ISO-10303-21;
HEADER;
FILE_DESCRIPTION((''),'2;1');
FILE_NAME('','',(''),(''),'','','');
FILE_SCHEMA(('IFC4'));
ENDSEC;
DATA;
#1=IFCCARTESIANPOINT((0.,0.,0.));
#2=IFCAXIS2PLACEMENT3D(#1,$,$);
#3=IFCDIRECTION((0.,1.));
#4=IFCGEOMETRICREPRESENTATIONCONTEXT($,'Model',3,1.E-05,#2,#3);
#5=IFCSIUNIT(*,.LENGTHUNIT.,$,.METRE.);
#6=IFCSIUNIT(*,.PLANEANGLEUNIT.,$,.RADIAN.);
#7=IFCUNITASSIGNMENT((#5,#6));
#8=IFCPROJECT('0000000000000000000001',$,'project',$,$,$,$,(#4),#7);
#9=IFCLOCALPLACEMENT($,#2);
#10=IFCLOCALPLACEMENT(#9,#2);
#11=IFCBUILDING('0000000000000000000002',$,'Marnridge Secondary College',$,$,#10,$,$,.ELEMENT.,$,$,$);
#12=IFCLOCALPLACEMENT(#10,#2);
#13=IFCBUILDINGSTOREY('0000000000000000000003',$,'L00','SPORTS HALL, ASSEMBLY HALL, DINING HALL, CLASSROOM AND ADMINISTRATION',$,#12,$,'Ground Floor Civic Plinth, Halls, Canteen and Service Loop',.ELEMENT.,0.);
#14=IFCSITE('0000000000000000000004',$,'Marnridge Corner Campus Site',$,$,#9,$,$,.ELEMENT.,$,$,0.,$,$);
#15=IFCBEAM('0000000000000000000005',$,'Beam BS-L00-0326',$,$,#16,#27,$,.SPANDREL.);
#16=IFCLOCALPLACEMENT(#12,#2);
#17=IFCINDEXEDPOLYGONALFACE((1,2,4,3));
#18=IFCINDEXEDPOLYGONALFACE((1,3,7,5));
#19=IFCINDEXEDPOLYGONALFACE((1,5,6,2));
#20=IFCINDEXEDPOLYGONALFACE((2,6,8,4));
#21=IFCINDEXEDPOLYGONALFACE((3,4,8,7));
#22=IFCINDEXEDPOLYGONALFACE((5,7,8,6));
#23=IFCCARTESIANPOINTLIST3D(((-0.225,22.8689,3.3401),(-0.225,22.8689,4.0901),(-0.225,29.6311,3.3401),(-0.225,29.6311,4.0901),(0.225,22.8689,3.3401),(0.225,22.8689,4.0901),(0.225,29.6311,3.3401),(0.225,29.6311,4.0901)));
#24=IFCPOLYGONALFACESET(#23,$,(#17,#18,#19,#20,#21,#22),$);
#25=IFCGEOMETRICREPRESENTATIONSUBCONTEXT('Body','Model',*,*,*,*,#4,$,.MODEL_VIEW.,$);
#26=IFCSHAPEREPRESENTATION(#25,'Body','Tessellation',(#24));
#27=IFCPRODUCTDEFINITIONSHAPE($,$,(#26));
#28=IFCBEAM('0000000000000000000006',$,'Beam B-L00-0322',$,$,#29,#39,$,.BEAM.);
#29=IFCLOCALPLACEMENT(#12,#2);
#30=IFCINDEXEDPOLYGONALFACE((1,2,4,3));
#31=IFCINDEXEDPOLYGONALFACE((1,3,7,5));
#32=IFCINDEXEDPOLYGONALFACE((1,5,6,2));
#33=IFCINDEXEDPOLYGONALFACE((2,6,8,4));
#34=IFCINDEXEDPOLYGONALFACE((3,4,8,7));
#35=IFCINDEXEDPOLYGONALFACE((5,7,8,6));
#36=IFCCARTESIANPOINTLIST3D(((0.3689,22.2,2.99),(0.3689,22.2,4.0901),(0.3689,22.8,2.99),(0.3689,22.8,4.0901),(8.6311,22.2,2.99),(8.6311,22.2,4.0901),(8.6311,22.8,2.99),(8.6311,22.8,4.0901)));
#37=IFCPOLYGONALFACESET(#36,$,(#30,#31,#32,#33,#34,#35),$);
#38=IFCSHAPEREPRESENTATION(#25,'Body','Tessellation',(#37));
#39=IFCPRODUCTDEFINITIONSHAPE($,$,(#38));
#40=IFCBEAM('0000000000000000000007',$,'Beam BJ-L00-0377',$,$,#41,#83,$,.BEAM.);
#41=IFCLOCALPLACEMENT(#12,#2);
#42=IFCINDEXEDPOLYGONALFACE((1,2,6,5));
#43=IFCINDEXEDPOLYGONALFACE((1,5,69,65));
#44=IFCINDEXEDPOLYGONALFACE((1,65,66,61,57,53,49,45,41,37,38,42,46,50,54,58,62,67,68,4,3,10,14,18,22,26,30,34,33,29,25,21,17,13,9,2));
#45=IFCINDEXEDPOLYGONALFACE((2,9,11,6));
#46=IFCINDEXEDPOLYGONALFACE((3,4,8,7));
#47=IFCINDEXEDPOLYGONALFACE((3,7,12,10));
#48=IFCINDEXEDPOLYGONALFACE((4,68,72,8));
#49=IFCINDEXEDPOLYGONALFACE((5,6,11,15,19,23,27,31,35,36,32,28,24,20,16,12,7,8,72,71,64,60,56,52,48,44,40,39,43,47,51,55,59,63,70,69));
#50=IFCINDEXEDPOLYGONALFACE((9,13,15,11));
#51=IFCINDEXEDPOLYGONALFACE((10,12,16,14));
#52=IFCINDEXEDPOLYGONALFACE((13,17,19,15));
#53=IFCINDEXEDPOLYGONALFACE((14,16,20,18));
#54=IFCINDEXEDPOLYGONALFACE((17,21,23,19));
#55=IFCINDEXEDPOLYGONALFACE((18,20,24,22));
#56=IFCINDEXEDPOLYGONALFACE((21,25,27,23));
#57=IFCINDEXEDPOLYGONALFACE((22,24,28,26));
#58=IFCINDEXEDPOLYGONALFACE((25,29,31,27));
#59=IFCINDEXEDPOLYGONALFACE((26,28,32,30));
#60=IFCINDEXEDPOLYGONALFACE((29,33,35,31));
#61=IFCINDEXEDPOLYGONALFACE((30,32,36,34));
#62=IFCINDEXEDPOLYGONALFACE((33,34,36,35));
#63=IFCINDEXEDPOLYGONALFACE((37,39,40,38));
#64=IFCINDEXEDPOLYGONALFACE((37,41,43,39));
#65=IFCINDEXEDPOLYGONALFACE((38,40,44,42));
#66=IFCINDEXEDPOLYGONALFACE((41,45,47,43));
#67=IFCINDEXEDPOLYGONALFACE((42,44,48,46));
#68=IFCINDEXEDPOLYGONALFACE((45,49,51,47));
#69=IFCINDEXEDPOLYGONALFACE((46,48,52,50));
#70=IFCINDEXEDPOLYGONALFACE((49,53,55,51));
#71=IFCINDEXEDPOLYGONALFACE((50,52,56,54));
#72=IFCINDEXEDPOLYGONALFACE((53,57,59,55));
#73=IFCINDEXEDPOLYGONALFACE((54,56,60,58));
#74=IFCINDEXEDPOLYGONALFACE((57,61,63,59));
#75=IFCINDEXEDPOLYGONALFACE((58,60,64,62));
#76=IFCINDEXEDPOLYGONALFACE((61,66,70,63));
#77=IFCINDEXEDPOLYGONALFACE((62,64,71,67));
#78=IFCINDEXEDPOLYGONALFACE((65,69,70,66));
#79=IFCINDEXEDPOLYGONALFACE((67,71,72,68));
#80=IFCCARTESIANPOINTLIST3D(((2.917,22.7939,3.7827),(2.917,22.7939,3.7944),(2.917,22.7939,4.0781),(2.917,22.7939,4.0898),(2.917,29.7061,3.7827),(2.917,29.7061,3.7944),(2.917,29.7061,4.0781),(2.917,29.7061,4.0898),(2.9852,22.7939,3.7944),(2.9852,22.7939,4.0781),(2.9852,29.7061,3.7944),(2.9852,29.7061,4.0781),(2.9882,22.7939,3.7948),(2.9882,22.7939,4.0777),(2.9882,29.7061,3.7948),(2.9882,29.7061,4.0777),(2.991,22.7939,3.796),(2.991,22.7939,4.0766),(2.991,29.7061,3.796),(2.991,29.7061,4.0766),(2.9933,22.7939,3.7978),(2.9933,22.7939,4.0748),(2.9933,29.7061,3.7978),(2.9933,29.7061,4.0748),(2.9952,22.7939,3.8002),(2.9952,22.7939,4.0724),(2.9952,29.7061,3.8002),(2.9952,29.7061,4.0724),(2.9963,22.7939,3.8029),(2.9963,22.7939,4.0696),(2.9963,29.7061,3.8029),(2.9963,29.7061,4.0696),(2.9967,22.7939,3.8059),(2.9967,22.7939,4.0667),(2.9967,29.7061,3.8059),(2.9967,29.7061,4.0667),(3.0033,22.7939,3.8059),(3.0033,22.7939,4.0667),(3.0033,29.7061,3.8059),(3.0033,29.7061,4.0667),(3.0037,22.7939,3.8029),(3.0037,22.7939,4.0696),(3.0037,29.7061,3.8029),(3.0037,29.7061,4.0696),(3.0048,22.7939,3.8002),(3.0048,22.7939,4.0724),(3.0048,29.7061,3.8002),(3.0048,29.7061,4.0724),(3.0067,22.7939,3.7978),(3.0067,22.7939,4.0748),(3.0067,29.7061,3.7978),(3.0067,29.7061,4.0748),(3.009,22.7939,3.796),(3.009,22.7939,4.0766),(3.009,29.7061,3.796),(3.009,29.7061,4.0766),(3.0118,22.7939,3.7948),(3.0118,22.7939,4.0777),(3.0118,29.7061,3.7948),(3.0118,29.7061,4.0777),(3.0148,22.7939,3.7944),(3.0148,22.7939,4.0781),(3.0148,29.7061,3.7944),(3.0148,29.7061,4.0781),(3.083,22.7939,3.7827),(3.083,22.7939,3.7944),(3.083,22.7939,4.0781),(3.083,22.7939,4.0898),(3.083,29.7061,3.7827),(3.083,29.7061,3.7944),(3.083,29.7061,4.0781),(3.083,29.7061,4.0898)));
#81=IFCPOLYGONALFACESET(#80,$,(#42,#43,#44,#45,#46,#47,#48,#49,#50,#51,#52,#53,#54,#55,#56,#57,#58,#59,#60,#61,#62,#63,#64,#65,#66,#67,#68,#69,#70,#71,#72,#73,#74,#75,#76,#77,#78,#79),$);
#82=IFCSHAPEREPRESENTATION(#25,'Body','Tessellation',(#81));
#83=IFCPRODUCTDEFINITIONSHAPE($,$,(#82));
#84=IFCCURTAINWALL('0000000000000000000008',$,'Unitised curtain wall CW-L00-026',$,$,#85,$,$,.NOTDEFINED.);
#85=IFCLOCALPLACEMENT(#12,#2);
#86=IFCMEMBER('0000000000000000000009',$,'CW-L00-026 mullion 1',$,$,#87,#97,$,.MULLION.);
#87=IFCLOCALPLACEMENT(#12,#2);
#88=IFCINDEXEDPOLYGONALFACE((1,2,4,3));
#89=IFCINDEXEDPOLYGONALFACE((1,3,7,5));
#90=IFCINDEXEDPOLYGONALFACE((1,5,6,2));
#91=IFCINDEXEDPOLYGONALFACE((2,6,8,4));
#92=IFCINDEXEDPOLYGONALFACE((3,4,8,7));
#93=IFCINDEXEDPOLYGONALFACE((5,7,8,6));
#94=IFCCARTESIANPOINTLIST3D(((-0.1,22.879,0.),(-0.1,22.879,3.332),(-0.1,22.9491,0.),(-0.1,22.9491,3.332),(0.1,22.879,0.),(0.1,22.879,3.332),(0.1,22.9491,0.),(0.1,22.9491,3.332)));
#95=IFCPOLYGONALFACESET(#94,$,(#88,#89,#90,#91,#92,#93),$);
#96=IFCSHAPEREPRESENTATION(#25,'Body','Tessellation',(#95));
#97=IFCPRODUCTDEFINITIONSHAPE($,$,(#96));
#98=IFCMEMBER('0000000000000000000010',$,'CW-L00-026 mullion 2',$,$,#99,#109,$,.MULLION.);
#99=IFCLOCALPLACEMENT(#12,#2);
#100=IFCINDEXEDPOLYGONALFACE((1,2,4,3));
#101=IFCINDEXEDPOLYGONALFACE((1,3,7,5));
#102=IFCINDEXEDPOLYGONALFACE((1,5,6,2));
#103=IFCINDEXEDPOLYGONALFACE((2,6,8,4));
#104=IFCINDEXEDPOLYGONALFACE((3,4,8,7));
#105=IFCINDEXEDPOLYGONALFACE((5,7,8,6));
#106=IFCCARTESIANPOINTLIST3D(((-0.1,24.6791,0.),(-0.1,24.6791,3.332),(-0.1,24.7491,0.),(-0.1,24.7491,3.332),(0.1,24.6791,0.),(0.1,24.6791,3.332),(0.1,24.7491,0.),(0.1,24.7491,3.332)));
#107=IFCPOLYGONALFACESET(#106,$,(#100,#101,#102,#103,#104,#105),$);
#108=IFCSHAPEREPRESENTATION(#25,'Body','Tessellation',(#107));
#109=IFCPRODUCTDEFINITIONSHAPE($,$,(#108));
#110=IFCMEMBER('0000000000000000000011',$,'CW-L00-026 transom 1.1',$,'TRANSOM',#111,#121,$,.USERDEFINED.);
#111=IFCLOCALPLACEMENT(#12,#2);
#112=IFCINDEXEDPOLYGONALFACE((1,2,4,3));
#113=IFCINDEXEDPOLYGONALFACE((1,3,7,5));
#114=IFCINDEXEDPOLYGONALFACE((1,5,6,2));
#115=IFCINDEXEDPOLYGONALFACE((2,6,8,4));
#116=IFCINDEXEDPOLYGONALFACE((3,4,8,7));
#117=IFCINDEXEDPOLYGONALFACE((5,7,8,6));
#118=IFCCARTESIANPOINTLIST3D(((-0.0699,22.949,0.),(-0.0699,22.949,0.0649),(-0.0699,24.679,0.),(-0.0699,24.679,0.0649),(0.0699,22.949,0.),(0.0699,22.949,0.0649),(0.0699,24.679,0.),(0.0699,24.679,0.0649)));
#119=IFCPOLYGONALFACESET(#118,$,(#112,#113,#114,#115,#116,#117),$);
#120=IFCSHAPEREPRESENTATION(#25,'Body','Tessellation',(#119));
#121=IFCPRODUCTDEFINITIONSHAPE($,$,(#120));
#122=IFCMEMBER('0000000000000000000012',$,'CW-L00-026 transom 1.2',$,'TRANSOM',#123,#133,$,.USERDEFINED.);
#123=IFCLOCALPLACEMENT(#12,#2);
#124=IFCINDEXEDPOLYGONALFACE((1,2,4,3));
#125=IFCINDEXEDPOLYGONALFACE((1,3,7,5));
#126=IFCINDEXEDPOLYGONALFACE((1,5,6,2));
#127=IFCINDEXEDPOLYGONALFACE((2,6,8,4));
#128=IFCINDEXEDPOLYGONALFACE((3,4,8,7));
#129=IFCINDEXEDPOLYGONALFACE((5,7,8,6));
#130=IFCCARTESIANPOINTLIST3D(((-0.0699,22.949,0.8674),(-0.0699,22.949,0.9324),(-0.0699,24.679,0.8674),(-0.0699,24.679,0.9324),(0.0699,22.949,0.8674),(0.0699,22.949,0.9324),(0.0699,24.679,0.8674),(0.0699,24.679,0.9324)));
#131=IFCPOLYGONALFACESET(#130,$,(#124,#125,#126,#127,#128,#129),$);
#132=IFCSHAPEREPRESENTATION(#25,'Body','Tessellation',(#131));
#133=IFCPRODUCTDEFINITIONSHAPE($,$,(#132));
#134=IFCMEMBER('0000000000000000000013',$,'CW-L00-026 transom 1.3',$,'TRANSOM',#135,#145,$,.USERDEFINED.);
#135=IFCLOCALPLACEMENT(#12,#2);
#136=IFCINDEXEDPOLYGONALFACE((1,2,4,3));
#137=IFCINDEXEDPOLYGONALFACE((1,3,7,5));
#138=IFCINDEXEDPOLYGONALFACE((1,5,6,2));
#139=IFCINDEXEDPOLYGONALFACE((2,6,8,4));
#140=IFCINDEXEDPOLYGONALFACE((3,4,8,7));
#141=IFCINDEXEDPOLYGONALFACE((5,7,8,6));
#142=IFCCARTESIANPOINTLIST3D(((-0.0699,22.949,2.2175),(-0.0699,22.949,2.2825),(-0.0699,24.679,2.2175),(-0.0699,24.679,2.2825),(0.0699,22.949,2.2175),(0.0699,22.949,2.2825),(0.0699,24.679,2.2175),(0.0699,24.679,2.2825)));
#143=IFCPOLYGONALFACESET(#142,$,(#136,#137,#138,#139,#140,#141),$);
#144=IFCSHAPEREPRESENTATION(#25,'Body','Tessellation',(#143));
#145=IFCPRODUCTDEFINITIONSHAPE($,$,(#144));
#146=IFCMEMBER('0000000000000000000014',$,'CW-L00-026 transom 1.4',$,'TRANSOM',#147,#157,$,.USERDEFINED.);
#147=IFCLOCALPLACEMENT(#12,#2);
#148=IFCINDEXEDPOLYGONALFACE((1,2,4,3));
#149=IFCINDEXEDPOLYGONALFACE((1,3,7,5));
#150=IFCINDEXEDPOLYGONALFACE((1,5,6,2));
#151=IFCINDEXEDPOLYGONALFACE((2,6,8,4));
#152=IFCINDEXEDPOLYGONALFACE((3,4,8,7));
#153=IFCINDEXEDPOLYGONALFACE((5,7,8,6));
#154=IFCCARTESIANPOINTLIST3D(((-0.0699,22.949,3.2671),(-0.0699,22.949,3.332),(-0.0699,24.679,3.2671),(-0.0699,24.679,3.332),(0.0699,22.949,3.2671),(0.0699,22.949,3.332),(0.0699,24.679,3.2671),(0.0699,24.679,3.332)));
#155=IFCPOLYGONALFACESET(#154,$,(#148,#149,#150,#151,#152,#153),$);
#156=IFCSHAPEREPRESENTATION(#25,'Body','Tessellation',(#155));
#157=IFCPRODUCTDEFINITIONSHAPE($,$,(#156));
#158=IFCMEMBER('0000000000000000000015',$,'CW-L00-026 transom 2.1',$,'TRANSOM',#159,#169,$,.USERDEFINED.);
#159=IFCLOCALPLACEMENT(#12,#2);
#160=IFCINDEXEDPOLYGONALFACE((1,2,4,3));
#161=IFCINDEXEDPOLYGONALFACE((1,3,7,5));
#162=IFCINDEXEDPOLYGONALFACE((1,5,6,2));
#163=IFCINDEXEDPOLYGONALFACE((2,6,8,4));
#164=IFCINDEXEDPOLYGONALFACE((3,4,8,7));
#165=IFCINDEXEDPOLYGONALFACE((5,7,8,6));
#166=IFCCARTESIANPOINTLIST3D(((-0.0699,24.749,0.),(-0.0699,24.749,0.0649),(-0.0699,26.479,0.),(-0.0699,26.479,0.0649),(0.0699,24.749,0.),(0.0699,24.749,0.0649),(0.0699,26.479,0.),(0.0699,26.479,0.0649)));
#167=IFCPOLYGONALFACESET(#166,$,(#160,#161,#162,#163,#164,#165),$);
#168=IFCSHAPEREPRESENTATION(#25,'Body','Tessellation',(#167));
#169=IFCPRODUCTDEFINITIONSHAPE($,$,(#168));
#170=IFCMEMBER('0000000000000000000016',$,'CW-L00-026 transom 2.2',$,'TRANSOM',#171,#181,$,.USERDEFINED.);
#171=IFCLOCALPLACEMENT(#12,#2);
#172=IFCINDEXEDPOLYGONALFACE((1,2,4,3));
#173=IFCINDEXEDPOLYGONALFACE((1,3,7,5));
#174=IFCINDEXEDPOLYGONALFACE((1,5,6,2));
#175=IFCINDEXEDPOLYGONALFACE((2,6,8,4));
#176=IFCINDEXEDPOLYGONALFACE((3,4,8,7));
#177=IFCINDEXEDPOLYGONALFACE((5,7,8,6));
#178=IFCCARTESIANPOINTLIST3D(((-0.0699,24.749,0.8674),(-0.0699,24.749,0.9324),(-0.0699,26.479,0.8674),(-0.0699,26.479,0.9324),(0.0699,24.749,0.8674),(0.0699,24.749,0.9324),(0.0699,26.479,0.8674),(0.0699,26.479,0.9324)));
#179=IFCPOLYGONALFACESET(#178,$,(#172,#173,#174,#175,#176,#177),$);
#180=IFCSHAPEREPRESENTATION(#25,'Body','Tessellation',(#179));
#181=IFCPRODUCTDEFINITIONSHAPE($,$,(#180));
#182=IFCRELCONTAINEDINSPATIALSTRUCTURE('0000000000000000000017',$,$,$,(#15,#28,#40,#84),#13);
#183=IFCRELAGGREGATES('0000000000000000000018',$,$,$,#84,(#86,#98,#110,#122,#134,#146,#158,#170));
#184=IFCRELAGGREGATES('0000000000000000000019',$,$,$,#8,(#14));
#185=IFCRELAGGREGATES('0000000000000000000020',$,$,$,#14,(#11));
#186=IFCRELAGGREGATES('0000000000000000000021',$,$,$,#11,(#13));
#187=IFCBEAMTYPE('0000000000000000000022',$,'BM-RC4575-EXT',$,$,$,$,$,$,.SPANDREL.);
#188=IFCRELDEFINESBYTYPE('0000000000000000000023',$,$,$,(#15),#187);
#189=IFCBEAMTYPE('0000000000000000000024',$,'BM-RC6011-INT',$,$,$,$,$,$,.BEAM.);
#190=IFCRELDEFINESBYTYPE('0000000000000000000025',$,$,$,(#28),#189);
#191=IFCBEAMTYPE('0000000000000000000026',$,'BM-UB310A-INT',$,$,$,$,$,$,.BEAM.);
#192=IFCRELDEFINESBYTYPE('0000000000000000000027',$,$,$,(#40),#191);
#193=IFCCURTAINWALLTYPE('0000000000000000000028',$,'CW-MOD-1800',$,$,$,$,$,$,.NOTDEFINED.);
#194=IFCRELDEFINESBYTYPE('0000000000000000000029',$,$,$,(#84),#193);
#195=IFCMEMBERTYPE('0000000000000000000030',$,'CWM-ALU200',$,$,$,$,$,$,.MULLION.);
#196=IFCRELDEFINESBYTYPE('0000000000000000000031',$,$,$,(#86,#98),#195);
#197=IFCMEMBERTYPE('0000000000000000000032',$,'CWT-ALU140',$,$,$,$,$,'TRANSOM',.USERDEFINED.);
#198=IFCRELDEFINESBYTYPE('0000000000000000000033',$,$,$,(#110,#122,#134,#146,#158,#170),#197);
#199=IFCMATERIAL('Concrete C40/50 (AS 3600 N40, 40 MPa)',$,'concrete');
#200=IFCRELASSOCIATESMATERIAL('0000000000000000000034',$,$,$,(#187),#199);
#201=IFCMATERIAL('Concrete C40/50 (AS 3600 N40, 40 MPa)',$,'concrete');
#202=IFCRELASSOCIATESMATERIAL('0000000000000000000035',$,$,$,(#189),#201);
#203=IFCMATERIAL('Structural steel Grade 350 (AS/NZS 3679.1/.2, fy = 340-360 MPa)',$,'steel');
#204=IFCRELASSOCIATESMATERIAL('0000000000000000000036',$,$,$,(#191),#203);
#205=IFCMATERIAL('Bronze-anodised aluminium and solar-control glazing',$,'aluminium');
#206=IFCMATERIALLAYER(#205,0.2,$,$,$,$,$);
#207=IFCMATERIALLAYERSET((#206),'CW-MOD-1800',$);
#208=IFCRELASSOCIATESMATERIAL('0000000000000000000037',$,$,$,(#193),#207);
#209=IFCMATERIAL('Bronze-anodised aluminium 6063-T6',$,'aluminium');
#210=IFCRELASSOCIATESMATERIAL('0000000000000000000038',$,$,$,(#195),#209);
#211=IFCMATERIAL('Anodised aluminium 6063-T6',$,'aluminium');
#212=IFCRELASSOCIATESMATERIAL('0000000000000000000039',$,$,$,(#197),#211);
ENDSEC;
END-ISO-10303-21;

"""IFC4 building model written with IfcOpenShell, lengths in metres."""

from ifc_helpers import new_model, si_unit, direction, frame, origin, origin_2d, place, context, subcontext, project, spatial, rectangle, i_section, extrude, material, layer, layer_set, material_profile, profile_set, type_object, element, aggregate, save


model = new_model("IFC4")

# Units and contexts
model_context = context("Model", 3, precision=1e-05, world=origin(), true_north=direction((0.0, 1.0)))
body_context = subcontext(model_context, "Body", "Model", "MODEL_VIEW")
ifc_project = project(units=[si_unit("LENGTHUNIT", "METRE"), si_unit("PLANEANGLEUNIT", "RADIAN")], contexts=[model_context])

# Site, building, storey
site_placement = place(None, origin())
site = spatial("IfcSite", under=ifc_project, at=site_placement, Name="Marnridge Corner Campus Site", CompositionType="ELEMENT", RefElevation=0.0)
building_placement = place(site_placement, origin())
building = spatial("IfcBuilding", under=site, at=building_placement, Name="Marnridge Secondary College", CompositionType="ELEMENT")
storey_placement = place(building_placement, origin())
storey = spatial("IfcBuildingStorey", under=building, at=storey_placement, Name="L00", Description="SPORTS HALL, ASSEMBLY HALL, DINING HALL, CLASSROOM AND ADMINISTRATION", LongName="Ground Floor Civic Plinth, Halls, Canteen and Service Loop", CompositionType="ELEMENT", Elevation=0.0)

# Beams
ifc_material_1 = material(Name="Concrete C40/50 (AS 3600 N40, 40 MPa)", Category="concrete")
ifc_material_profile_1 = material_profile(ifc_material_1, rectangle(XDim=0.45, YDim=0.75, at=origin_2d()), Name="RC 450x750")
ifc_profile_set_1 = profile_set([ifc_material_profile_1], Name="Concrete C40/50 (AS 3600 N40, 40 MPa)")
beam_type_1 = type_object("IfcBeamType", Name="BM-RC4575-EXT", PredefinedType="SPANDREL", material=ifc_profile_set_1)
beam_1_placement = place(storey_placement, frame((0.0, 22.8689, 3.7151), z_axis=(0.0, 1.0, 0.0), x_axis=(-1.0, 0.0, 0.0)))
element("IfcBeam", 1, at=beam_1_placement, inside=storey, type_object=beam_type_1, Name="Beam BS-L00-0326", PredefinedType="SPANDREL", context=body_context, shape_type="SweptSolid", body=[
    extrude(rectangle(XDim=0.45, YDim=0.75, at=origin_2d()), origin(), (0.0, 0.0, 1.0), 6.7622),
])
ifc_material_2 = material(Name="Concrete C40/50 (AS 3600 N40, 40 MPa)", Category="concrete")
ifc_material_profile_2 = material_profile(ifc_material_2, rectangle(XDim=0.6001, YDim=1.1001, at=origin_2d()), Name="RC 600x1100")
ifc_profile_set_2 = profile_set([ifc_material_profile_2], Name="Concrete C40/50 (AS 3600 N40, 40 MPa)")
beam_type_2 = type_object("IfcBeamType", Name="BM-RC6011-INT", PredefinedType="BEAM", material=ifc_profile_set_2)
beam_2_placement = place(storey_placement, frame((0.3689, 22.5, 3.54), z_axis=(1.0, 0.0, 0.0), x_axis=(0.0, 1.0, 0.0)))
element("IfcBeam", 2, at=beam_2_placement, inside=storey, type_object=beam_type_2, Name="Beam B-L00-0322", PredefinedType="BEAM", context=body_context, shape_type="SweptSolid", body=[
    extrude(rectangle(XDim=0.6001, YDim=1.1001, at=origin_2d()), origin(), (0.0, 0.0, 1.0), 8.2622),
])
ifc_material_3 = material(Name="Structural steel Grade 350 (AS/NZS 3679.1/.2, fy = 340-360 MPa)", Category="steel")
ifc_material_profile_3 = material_profile(ifc_material_3, i_section(OverallWidth=0.166, OverallDepth=0.3071, WebThickness=0.0066, FlangeThickness=0.0117, FilletRadius=0.0115, at=origin_2d()), Name="310UB46.2")
ifc_profile_set_3 = profile_set([ifc_material_profile_3], Name="Structural steel Grade 350 (AS/NZS 3679.1/.2, fy = 340-360 MPa)")
beam_type_3 = type_object("IfcBeamType", Name="BM-UB310A-INT", PredefinedType="BEAM", material=ifc_profile_set_3)
beam_3_placement = place(storey_placement, frame((3.0, 22.7939, 3.9363), z_axis=(0.0, 1.0, 0.0), x_axis=(-1.0, 0.0, 0.0)))
element("IfcBeam", 3, at=beam_3_placement, inside=storey, type_object=beam_type_3, Name="Beam BJ-L00-0377", PredefinedType="BEAM", context=body_context, shape_type="SweptSolid", body=[
    extrude(i_section(OverallWidth=0.166, OverallDepth=0.3071, WebThickness=0.0066, FlangeThickness=0.0117, FilletRadius=0.0115, at=origin_2d()), origin(), (0.0, 0.0, 1.0), 6.9121),
])

# Curtain wall, members
ifc_material_4 = material(Name="Bronze-anodised aluminium and solar-control glazing", Category="aluminium")
ifc_layer_1 = layer(ifc_material_4, 0.2)
ifc_layer_set_1 = layer_set([ifc_layer_1], Name="CW-MOD-1800")
curtain_wall_type = type_object("IfcCurtainWallType", Name="CW-MOD-1800", PredefinedType="NOTDEFINED", material=ifc_layer_set_1)
curtain_wall_placement = place(storey_placement, origin())
curtain_wall = element("IfcCurtainWall", 4, at=curtain_wall_placement, inside=storey, type_object=curtain_wall_type, Name="Unitised curtain wall CW-L00-026", PredefinedType="NOTDEFINED")
ifc_material_5 = material(Name="Bronze-anodised aluminium 6063-T6", Category="aluminium")
ifc_material_profile_4 = material_profile(ifc_material_5, rectangle(XDim=0.0701, YDim=0.2, at=origin_2d()), Name="ALU 70x200")
ifc_profile_set_4 = profile_set([ifc_material_profile_4], Name="Bronze-anodised aluminium 6063-T6")
member_type_1 = type_object("IfcMemberType", Name="CWM-ALU200", PredefinedType="MULLION", material=ifc_profile_set_4)
member_1_placement = place(storey_placement, frame((0.0, 22.9141, 0.0), z_axis=(0.0, 0.0, 1.0), x_axis=(0.0, 1.0, 0.0)))
member_1 = element("IfcMember", 5, at=member_1_placement, type_object=member_type_1, Name="CW-L00-026 mullion 1", PredefinedType="MULLION", context=body_context, shape_type="SweptSolid", body=[
    extrude(rectangle(XDim=0.0701, YDim=0.2, at=origin_2d()), origin(), (0.0, 0.0, 1.0), 3.332),
])
member_2_placement = place(storey_placement, frame((0.0, 24.7141, 0.0), z_axis=(0.0, 0.0, 1.0), x_axis=(0.0, 1.0, 0.0)))
member_2 = element("IfcMember", 6, at=member_2_placement, type_object=member_type_1, Name="CW-L00-026 mullion 2", PredefinedType="MULLION", context=body_context, shape_type="SweptSolid", body=[
    extrude(rectangle(XDim=0.0701, YDim=0.2, at=origin_2d()), origin(), (0.0, 0.0, 1.0), 3.332),
])
ifc_material_6 = material(Name="Anodised aluminium 6063-T6", Category="aluminium")
ifc_material_profile_5 = material_profile(ifc_material_6, rectangle(XDim=0.0649, YDim=0.1399, at=origin_2d()), Name="ALU 65x140")
ifc_profile_set_5 = profile_set([ifc_material_profile_5], Name="Anodised aluminium 6063-T6")
member_type_2 = type_object("IfcMemberType", Name="CWT-ALU140", ElementType="TRANSOM", PredefinedType="USERDEFINED", material=ifc_profile_set_5)
member_3_placement = place(storey_placement, frame((0.0, 22.949, 0.0325), z_axis=(0.0, 1.0, 0.0), x_axis=(0.0, 0.0, 1.0)))
member_3 = element("IfcMember", 7, at=member_3_placement, type_object=member_type_2, Name="CW-L00-026 transom 1.1", ObjectType="TRANSOM", PredefinedType="USERDEFINED", context=body_context, shape_type="SweptSolid", body=[
    extrude(rectangle(XDim=0.0649, YDim=0.1399, at=origin_2d()), origin(), (0.0, 0.0, 1.0), 1.73),
])
member_4_placement = place(storey_placement, frame((0.0, 22.949, 0.8999), z_axis=(0.0, 1.0, 0.0), x_axis=(0.0, 0.0, 1.0)))
member_4 = element("IfcMember", 8, at=member_4_placement, type_object=member_type_2, Name="CW-L00-026 transom 1.2", ObjectType="TRANSOM", PredefinedType="USERDEFINED", context=body_context, shape_type="SweptSolid", body=[
    extrude(rectangle(XDim=0.0649, YDim=0.1399, at=origin_2d()), origin(), (0.0, 0.0, 1.0), 1.73),
])
member_5_placement = place(storey_placement, frame((0.0, 22.949, 2.25), z_axis=(0.0, 1.0, 0.0), x_axis=(0.0, 0.0, 1.0)))
member_5 = element("IfcMember", 9, at=member_5_placement, type_object=member_type_2, Name="CW-L00-026 transom 1.3", ObjectType="TRANSOM", PredefinedType="USERDEFINED", context=body_context, shape_type="SweptSolid", body=[
    extrude(rectangle(XDim=0.0649, YDim=0.1399, at=origin_2d()), origin(), (0.0, 0.0, 1.0), 1.73),
])
member_6_placement = place(storey_placement, frame((0.0, 22.949, 3.2996), z_axis=(0.0, 1.0, 0.0), x_axis=(0.0, 0.0, 1.0)))
member_6 = element("IfcMember", 10, at=member_6_placement, type_object=member_type_2, Name="CW-L00-026 transom 1.4", ObjectType="TRANSOM", PredefinedType="USERDEFINED", context=body_context, shape_type="SweptSolid", body=[
    extrude(rectangle(XDim=0.0649, YDim=0.1399, at=origin_2d()), origin(), (0.0, 0.0, 1.0), 1.73),
])
member_7_placement = place(storey_placement, frame((0.0, 24.749, 0.0325), z_axis=(0.0, 1.0, 0.0), x_axis=(0.0, 0.0, 1.0)))
member_7 = element("IfcMember", 11, at=member_7_placement, type_object=member_type_2, Name="CW-L00-026 transom 2.1", ObjectType="TRANSOM", PredefinedType="USERDEFINED", context=body_context, shape_type="SweptSolid", body=[
    extrude(rectangle(XDim=0.0649, YDim=0.1399, at=origin_2d()), origin(), (0.0, 0.0, 1.0), 1.73),
])
member_8_placement = place(storey_placement, frame((0.0, 24.749, 0.8999), z_axis=(0.0, 1.0, 0.0), x_axis=(0.0, 0.0, 1.0)))
member_8 = element("IfcMember", 12, at=member_8_placement, type_object=member_type_2, Name="CW-L00-026 transom 2.2", ObjectType="TRANSOM", PredefinedType="USERDEFINED", context=body_context, shape_type="SweptSolid", body=[
    extrude(rectangle(XDim=0.0649, YDim=0.1399, at=origin_2d()), origin(), (0.0, 0.0, 1.0), 1.73),
])
aggregate(curtain_wall, [member_1, member_2, member_3, member_4, member_5, member_6, member_7, member_8])

save(model, "model.ifc")
